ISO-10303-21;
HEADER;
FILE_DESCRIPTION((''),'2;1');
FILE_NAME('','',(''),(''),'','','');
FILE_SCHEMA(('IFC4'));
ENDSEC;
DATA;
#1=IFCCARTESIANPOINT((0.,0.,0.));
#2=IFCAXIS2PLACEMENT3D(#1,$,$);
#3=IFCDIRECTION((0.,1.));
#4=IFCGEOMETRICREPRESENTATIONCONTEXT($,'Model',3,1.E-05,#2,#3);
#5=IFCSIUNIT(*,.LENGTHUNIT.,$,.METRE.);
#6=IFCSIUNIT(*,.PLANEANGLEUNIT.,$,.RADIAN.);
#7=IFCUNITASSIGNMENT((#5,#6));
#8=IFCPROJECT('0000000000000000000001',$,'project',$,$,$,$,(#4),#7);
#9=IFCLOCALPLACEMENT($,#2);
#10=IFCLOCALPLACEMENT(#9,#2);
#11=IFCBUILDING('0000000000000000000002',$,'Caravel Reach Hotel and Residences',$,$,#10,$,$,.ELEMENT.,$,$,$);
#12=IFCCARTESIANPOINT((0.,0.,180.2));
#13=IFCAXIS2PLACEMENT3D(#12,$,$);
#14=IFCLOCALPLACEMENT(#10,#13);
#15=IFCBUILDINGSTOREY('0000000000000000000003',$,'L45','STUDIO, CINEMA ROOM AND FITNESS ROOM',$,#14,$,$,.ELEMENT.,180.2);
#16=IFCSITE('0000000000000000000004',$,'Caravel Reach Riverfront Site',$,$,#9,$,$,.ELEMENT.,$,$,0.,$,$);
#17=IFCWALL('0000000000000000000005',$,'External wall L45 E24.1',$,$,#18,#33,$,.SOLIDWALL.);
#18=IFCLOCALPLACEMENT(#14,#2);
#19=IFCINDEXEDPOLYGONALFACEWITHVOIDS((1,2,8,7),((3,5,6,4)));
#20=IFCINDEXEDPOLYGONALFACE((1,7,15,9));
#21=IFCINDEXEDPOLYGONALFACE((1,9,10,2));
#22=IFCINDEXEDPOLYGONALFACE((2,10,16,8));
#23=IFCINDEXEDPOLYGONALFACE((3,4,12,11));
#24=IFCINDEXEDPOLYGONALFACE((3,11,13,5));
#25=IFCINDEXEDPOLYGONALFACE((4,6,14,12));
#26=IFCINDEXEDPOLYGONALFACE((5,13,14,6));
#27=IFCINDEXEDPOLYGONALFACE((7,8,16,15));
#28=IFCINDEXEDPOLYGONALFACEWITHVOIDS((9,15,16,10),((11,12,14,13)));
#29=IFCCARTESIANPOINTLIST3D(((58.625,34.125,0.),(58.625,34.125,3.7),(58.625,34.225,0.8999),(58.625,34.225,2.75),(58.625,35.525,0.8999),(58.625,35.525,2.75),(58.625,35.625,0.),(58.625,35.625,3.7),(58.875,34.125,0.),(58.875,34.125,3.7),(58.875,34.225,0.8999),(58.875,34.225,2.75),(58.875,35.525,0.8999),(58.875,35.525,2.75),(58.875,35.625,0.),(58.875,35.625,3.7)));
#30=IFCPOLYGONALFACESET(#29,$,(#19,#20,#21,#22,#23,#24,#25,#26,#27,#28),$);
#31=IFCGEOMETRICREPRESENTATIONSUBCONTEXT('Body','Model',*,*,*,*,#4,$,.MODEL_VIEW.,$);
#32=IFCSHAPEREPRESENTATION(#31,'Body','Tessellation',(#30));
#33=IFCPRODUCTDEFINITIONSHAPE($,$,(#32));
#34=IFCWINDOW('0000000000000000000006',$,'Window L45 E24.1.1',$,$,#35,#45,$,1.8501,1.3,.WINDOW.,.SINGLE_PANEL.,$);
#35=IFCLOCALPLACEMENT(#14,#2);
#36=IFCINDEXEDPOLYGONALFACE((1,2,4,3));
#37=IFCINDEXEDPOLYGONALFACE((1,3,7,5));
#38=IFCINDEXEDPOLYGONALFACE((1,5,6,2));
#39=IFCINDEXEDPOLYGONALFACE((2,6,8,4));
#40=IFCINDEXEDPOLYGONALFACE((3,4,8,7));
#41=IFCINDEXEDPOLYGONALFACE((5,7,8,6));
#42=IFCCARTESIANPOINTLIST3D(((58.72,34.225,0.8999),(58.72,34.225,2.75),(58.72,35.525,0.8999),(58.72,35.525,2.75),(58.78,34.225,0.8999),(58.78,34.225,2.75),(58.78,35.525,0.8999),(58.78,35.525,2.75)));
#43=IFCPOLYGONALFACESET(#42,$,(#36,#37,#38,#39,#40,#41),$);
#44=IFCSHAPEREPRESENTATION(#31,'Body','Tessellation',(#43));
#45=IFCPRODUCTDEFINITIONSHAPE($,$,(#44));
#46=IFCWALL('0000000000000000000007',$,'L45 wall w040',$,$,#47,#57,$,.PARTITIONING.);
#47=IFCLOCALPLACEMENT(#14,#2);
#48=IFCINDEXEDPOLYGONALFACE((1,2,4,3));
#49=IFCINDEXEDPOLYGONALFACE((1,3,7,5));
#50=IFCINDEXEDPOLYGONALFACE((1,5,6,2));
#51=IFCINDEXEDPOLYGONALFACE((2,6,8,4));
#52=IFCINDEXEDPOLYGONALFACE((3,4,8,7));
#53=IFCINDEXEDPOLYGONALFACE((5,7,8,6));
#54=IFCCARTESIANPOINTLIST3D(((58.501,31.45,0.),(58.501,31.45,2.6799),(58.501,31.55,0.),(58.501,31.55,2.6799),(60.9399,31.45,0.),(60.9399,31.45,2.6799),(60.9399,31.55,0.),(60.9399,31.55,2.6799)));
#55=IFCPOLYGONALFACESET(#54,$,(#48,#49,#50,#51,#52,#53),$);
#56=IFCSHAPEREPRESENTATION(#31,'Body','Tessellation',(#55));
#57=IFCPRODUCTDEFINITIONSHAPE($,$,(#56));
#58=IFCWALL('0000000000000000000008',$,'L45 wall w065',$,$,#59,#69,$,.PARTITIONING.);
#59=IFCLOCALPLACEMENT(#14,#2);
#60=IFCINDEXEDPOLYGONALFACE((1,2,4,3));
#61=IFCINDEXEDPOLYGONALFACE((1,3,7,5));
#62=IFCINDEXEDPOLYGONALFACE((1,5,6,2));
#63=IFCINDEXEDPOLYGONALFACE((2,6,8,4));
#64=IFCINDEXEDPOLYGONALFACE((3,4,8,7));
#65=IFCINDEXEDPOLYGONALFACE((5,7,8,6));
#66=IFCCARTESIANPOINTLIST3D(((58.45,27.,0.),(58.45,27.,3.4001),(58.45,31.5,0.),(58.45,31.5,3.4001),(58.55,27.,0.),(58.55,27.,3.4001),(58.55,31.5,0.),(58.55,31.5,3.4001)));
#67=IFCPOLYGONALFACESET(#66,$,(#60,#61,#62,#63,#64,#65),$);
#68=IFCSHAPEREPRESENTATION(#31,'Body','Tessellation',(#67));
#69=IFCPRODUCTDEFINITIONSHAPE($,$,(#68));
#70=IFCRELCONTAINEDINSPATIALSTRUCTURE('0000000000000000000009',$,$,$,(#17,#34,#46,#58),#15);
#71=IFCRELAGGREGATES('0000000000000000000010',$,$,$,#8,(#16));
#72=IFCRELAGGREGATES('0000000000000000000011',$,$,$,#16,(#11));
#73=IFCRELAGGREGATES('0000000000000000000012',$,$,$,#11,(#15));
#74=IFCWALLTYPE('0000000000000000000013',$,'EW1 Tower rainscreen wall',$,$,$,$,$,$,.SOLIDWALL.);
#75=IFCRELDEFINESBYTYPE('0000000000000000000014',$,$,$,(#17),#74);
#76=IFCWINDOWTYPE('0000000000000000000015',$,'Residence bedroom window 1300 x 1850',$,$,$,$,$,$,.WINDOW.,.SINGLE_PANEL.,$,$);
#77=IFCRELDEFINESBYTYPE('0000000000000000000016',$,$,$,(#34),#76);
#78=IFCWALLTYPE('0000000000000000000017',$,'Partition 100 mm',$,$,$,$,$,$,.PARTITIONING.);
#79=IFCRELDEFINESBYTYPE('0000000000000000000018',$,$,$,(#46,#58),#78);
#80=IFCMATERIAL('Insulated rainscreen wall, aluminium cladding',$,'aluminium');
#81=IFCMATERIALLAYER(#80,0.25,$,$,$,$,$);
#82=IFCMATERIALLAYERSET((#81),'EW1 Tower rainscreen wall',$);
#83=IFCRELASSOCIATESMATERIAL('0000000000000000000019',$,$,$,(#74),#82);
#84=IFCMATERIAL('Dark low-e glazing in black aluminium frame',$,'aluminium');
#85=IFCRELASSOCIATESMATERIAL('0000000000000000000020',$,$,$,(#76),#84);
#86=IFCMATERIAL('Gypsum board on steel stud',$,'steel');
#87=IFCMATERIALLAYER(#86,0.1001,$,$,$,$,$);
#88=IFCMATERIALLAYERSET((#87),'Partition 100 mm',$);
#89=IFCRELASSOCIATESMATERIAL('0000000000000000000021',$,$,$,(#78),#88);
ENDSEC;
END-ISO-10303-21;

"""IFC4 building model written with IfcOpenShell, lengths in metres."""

from ifc_helpers import new_model, si_unit, direction, frame, frame_2d, origin, place, context, subcontext, project, spatial, rectangle, extrude, material, layer, layer_set, type_object, element, fill, save


model = new_model("IFC4")

# Units and contexts
model_context = context("Model", 3, precision=1e-05, world=origin(), true_north=direction((0.0, 1.0)))
body_context = subcontext(model_context, "Body", "Model", "MODEL_VIEW")
ifc_project = project(units=[si_unit("LENGTHUNIT", "METRE"), si_unit("PLANEANGLEUNIT", "RADIAN")], contexts=[model_context])

# Site, building, storey
site_placement = place(None, origin())
site = spatial("IfcSite", under=ifc_project, at=site_placement, Name="Caravel Reach Riverfront Site", CompositionType="ELEMENT", RefElevation=0.0)
building_placement = place(site_placement, origin())
building = spatial("IfcBuilding", under=site, at=building_placement, Name="Caravel Reach Hotel and Residences", CompositionType="ELEMENT")
storey_placement = place(building_placement, frame((0.0, 0.0, 180.2)))
storey = spatial("IfcBuildingStorey", under=building, at=storey_placement, Name="L45", Description="STUDIO, CINEMA ROOM AND FITNESS ROOM", CompositionType="ELEMENT", Elevation=180.2)

# Shared definitions
ifc_material_1 = material(Name="Insulated rainscreen wall, aluminium cladding", Category="aluminium")
ifc_layer_1 = layer(ifc_material_1, 0.25)
ifc_layer_set_1 = layer_set([ifc_layer_1], Name="EW1 Tower rainscreen wall")
wall_type_1 = type_object("IfcWallType", Name="EW1 Tower rainscreen wall", PredefinedType="SOLIDWALL", material=ifc_layer_set_1)

# Wall, opening, window
ifc_material_2 = material(Name="Dark low-e glazing in black aluminium frame", Category="aluminium")
window_type_1 = type_object("IfcWindowType", Name="Residence bedroom window 1300 x 1850", PartitioningType="SINGLE_PANEL", PredefinedType="WINDOW", material=ifc_material_2)
wall_1_placement = place(storey_placement, frame((58.75, 34.125, 0.0), z_axis=(0.0, 0.0, 1.0), x_axis=(0.0, 1.0, 0.0)))
wall_1 = element("IfcWall", 1, at=wall_1_placement, inside=storey, type_object=wall_type_1, Name="External wall L45 E24.1", PredefinedType="SOLIDWALL", context=body_context, shape_type="SweptSolid", body=[
    extrude(rectangle(XDim=1.5, YDim=0.25, at=frame_2d((0.75, 0.0))), origin(), (0.0, 0.0, 1.0), 3.7),
])
opening_1_placement = place(wall_1_placement, frame((0.1001, 0.0, 0.8999)))
opening_1 = element("IfcOpeningElement", 2, at=opening_1_placement, cuts=wall_1, PredefinedType="OPENING", context=body_context, shape_type="SweptSolid", body=[
    extrude(rectangle(XDim=1.3, YDim=1.8501, at=frame_2d((0.6499, 0.925))), frame((0.0, 0.135, 0.0), z_axis=(0.0, -1.0, 0.0), x_axis=(1.0, 0.0, 0.0)), (0.0, 0.0, 1.0), 0.27),
])
window_1_placement = place(opening_1_placement, origin())
window_1 = element("IfcWindow", 3, at=window_1_placement, inside=storey, type_object=window_type_1, Name="Window L45 E24.1.1", OverallHeight=1.8501, OverallWidth=1.3, PartitioningType="SINGLE_PANEL", PredefinedType="WINDOW", context=body_context, shape_type="SweptSolid", body=[
    extrude(rectangle(XDim=1.3, YDim=1.8501, at=frame_2d((0.6499, 0.925))), frame((0.0, 0.03, 0.0), z_axis=(0.0, -1.0, 0.0), x_axis=(1.0, 0.0, 0.0)), (0.0, 0.0, 1.0), 0.0601),
])
fill(opening_1, window_1)

# Walls
ifc_material_3 = material(Name="Gypsum board on steel stud", Category="steel")
ifc_layer_2 = layer(ifc_material_3, 0.1001)
ifc_layer_set_2 = layer_set([ifc_layer_2], Name="Partition 100 mm")
wall_type_2 = type_object("IfcWallType", Name="Partition 100 mm", PredefinedType="PARTITIONING", material=ifc_layer_set_2)
wall_2_placement = place(storey_placement, frame((58.501, 31.5, 0.0), z_axis=(0.0, 0.0, 1.0), x_axis=(1.0, 0.0, 0.0)))
element("IfcWall", 4, at=wall_2_placement, inside=storey, type_object=wall_type_2, Name="L45 wall w040", PredefinedType="PARTITIONING", context=body_context, shape_type="SweptSolid", body=[
    extrude(rectangle(XDim=2.439, YDim=0.1001, at=frame_2d((1.2195, 0.0))), origin(), (0.0, 0.0, 1.0), 2.6799),
])
wall_3_placement = place(storey_placement, frame((58.5, 27.0, 0.0), z_axis=(0.0, 0.0, 1.0), x_axis=(0.0, 1.0, 0.0)))
element("IfcWall", 5, at=wall_3_placement, inside=storey, type_object=wall_type_2, Name="L45 wall w065", PredefinedType="PARTITIONING", context=body_context, shape_type="SweptSolid", body=[
    extrude(rectangle(XDim=4.5, YDim=0.1001, at=frame_2d((2.25, 0.0))), origin(), (0.0, 0.0, 1.0), 3.4001),
])

save(model, "model.ifc")
